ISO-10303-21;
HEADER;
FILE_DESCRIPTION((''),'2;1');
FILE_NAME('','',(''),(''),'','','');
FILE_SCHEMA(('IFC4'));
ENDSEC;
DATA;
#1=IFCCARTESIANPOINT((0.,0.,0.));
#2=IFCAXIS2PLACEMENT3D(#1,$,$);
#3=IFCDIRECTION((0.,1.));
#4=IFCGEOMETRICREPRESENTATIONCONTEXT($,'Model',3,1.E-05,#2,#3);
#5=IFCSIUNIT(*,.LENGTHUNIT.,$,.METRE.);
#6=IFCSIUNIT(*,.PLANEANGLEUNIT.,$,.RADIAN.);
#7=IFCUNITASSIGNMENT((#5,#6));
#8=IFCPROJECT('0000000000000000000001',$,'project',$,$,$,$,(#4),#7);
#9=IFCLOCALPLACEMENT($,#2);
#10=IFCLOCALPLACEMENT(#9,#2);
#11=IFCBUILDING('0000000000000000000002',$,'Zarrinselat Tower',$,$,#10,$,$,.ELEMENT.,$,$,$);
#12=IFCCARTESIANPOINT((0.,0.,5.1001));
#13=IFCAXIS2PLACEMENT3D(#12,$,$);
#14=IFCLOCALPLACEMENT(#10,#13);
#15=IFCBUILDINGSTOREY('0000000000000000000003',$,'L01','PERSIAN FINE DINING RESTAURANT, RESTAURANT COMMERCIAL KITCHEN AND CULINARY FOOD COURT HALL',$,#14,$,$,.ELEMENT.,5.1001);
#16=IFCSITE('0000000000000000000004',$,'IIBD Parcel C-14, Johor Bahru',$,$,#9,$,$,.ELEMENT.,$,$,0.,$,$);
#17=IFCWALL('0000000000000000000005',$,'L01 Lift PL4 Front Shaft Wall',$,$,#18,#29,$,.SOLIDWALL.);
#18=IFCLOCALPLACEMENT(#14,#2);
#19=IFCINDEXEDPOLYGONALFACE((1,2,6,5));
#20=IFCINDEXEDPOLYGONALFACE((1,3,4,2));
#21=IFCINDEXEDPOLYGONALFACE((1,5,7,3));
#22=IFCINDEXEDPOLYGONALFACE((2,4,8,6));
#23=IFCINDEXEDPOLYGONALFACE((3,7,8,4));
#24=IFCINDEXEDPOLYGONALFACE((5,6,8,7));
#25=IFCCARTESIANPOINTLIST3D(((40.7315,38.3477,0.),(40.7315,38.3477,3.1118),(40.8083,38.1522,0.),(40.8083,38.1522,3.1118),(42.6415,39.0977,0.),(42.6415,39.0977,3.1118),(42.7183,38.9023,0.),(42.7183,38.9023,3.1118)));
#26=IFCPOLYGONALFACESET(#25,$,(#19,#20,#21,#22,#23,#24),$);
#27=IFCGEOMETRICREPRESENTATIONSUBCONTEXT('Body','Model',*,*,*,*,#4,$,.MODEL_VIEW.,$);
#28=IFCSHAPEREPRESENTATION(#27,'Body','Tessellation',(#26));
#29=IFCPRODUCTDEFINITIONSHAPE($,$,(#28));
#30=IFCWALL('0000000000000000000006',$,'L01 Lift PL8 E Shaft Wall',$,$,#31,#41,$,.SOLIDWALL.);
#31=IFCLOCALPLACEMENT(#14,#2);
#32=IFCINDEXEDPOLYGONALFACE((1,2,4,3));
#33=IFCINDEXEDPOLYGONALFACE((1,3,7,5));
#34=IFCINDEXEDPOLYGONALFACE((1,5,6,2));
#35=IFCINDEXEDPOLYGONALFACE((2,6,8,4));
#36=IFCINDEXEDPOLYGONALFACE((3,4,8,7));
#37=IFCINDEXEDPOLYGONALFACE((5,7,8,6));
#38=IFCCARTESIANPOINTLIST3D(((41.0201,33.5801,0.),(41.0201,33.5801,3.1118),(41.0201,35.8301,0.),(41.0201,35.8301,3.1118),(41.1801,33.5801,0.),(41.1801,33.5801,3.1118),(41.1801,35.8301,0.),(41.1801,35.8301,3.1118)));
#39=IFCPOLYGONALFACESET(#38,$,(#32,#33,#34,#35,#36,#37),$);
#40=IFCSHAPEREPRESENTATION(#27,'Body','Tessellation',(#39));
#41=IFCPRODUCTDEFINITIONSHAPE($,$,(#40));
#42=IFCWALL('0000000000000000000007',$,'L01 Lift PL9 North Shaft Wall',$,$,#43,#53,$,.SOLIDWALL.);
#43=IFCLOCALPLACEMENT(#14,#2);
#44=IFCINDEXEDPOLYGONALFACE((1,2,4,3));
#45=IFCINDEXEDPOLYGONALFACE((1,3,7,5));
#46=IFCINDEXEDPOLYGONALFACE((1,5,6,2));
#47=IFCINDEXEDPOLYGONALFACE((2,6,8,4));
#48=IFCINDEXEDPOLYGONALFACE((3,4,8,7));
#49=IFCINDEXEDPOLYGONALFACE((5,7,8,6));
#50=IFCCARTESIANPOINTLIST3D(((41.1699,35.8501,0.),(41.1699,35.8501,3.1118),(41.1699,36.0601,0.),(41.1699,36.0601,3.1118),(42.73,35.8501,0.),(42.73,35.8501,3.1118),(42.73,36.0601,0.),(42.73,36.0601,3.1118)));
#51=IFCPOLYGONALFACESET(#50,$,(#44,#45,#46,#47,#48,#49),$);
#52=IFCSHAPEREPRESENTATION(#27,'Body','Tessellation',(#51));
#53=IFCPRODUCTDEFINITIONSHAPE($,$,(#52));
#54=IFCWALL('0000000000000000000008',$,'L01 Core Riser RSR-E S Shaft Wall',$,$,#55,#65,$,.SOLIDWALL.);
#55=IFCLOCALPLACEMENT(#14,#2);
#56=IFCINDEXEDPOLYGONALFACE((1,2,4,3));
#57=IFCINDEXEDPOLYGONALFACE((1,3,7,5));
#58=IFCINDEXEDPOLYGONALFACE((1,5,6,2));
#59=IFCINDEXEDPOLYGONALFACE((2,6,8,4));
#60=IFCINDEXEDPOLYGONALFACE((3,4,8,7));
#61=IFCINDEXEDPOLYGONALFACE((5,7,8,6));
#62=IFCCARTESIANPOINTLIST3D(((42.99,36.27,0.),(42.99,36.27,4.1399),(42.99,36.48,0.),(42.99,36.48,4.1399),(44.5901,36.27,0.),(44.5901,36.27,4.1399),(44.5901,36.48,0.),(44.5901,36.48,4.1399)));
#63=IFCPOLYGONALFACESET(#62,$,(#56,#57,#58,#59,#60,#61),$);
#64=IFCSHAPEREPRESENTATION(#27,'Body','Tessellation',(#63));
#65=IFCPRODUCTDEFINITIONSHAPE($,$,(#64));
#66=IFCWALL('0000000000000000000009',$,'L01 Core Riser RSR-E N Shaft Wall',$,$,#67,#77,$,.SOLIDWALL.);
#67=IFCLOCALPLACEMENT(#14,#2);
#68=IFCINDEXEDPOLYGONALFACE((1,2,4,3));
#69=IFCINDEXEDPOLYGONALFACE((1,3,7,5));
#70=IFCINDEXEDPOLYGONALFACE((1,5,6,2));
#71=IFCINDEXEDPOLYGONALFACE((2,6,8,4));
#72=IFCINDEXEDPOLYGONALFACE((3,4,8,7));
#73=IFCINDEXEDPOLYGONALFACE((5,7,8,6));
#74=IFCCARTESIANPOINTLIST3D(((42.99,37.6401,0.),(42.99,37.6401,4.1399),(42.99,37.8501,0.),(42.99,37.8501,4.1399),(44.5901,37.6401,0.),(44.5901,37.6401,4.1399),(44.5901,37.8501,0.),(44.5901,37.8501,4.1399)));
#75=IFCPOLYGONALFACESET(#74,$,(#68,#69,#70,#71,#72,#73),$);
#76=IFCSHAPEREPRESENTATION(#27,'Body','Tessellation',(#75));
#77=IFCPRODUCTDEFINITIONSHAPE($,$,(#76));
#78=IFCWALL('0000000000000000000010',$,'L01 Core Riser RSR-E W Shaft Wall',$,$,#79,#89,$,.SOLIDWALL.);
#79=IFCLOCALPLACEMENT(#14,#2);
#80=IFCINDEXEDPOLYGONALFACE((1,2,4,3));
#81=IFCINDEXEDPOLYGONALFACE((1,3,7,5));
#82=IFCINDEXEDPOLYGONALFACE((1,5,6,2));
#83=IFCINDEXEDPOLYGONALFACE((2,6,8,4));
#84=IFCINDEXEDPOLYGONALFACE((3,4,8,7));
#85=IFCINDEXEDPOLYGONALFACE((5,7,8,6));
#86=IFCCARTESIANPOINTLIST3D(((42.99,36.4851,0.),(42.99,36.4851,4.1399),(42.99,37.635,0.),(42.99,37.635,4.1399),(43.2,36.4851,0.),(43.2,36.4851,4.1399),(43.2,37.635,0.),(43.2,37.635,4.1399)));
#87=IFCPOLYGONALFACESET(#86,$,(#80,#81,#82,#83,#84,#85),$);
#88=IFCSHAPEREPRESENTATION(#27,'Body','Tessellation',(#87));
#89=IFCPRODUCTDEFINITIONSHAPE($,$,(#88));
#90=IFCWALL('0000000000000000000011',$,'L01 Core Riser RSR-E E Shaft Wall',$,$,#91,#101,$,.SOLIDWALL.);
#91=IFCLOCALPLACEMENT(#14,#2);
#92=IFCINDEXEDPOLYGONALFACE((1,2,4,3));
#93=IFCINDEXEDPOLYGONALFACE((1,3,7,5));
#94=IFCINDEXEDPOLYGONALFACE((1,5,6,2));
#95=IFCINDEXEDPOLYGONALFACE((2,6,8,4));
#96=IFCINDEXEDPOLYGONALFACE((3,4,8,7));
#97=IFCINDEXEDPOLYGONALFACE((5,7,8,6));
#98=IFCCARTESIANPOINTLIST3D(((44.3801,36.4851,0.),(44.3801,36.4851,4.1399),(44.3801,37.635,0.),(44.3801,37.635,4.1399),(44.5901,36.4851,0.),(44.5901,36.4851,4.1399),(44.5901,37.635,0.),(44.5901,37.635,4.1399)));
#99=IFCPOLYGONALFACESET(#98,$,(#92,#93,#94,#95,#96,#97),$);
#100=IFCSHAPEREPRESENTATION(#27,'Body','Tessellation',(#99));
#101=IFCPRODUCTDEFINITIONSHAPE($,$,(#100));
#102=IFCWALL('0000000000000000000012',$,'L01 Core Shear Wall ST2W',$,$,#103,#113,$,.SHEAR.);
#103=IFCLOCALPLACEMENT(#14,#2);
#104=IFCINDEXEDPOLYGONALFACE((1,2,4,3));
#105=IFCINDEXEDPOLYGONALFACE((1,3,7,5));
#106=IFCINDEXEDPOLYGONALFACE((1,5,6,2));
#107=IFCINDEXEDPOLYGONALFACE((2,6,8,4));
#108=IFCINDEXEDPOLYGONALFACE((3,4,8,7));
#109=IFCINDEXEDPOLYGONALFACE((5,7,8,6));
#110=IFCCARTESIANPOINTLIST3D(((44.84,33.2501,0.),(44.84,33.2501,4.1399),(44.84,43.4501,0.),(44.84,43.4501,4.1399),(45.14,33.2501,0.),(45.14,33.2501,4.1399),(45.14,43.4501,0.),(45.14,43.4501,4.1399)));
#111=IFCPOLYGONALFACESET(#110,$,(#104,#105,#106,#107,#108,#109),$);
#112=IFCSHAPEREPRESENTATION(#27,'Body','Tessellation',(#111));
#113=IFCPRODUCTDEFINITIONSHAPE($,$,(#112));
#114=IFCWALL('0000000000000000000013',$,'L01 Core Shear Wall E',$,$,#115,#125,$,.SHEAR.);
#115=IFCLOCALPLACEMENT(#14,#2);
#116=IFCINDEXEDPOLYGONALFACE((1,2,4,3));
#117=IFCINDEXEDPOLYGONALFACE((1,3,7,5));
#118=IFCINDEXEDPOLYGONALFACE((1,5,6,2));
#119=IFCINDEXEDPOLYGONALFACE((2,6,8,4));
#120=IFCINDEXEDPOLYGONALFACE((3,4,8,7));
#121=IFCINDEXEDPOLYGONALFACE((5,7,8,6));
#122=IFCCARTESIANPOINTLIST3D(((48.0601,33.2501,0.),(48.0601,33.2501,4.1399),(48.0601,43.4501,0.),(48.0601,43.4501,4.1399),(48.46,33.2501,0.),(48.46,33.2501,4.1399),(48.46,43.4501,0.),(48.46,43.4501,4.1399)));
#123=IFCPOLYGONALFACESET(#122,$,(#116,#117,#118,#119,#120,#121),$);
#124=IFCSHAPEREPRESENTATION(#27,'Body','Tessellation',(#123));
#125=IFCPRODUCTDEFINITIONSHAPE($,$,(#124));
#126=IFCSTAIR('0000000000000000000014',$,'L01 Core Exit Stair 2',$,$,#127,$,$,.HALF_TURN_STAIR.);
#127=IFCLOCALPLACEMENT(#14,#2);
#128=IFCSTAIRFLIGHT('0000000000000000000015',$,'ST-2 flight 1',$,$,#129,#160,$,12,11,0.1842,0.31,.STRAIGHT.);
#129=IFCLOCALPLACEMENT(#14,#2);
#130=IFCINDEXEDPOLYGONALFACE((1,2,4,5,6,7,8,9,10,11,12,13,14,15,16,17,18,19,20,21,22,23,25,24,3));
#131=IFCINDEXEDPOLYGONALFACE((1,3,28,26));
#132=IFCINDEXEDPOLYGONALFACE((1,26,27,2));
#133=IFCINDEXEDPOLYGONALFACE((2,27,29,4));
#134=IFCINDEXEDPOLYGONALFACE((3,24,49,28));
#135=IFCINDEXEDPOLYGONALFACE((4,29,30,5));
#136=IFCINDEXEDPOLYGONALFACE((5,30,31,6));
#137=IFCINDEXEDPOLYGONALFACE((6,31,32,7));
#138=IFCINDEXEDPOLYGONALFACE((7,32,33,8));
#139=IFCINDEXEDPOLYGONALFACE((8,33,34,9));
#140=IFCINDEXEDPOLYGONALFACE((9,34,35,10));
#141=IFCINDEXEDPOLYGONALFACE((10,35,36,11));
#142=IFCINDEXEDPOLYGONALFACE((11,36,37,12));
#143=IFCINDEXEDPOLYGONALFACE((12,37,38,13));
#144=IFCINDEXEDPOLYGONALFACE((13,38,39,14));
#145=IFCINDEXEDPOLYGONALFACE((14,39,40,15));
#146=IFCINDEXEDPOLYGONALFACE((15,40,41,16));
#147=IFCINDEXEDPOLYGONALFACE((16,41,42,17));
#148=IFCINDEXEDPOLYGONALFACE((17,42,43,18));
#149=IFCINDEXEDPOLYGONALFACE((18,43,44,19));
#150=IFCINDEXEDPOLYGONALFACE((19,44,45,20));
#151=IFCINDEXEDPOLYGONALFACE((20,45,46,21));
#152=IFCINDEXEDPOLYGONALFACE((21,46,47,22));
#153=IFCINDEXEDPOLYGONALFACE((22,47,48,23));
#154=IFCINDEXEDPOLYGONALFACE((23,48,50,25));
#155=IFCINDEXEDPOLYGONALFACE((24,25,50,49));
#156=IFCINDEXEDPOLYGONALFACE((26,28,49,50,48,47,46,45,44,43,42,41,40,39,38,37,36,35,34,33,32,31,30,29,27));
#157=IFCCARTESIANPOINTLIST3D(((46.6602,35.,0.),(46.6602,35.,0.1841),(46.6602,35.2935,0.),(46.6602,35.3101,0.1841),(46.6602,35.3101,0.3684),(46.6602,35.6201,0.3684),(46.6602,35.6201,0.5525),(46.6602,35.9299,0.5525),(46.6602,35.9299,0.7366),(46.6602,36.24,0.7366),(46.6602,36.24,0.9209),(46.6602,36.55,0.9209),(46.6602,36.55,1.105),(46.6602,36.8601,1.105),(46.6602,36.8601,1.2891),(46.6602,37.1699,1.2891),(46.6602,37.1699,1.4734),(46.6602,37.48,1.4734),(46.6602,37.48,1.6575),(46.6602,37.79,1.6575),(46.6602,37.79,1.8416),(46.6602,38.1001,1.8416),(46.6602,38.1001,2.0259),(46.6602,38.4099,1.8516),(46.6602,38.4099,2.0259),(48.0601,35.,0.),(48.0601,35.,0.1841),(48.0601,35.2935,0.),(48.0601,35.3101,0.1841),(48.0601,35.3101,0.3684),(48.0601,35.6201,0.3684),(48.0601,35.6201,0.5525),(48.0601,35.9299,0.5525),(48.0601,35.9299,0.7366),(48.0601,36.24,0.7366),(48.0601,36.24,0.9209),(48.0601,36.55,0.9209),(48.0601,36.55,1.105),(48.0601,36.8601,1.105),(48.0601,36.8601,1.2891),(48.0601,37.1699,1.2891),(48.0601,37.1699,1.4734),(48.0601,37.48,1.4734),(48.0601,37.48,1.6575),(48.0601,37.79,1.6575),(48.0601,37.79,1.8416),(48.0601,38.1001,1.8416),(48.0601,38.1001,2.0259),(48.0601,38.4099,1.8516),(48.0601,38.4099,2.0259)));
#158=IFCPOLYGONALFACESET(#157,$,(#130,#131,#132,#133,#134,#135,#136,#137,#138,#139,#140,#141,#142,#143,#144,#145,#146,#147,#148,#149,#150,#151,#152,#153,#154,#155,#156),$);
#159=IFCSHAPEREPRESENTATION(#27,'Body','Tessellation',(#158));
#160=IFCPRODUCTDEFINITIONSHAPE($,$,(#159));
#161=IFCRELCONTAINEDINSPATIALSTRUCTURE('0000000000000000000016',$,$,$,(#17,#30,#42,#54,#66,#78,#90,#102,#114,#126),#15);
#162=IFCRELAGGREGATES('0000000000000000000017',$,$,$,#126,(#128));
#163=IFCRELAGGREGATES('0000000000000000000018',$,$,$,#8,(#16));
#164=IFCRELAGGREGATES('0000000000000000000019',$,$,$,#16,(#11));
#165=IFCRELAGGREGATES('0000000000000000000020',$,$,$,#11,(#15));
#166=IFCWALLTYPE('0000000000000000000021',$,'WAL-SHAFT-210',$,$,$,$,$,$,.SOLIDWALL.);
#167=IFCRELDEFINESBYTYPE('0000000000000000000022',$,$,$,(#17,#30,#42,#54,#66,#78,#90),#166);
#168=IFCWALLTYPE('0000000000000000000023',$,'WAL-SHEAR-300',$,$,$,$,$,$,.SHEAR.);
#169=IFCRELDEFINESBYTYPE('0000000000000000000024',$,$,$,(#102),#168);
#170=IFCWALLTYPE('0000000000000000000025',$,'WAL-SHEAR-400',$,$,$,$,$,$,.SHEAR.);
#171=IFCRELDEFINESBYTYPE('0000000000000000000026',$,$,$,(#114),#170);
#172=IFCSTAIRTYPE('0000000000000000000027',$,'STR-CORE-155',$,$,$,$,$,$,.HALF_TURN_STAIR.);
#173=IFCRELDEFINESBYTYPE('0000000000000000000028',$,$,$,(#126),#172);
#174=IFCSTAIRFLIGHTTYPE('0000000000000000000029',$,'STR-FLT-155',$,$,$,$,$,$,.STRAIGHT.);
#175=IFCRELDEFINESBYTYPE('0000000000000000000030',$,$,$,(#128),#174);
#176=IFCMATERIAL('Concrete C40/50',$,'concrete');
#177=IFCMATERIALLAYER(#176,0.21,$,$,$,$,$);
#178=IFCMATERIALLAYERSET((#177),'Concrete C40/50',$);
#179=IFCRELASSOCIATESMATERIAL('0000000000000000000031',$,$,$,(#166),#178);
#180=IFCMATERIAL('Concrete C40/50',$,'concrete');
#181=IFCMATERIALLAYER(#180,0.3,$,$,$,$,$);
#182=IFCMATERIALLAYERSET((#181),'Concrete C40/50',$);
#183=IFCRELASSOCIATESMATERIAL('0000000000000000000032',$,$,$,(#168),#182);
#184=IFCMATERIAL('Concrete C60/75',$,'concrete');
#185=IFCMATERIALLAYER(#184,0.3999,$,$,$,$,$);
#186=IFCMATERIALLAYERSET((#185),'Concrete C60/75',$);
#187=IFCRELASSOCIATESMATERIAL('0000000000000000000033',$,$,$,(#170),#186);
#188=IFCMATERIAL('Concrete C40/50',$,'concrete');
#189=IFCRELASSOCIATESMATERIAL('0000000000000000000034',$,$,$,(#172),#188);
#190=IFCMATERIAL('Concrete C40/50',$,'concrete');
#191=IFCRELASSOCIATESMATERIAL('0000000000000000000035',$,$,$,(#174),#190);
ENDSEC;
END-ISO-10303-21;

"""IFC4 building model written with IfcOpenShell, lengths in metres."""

from ifc_helpers import new_model, si_unit, direction, frame, frame_2d, origin, place, context, subcontext, project, spatial, polyline, rectangle, outline, extrude, material, layer, layer_set, type_object, element, aggregate, save


model = new_model("IFC4")

# Units and contexts
model_context = context("Model", 3, precision=1e-05, world=origin(), true_north=direction((0.0, 1.0)))
body_context = subcontext(model_context, "Body", "Model", "MODEL_VIEW")
ifc_project = project(units=[si_unit("LENGTHUNIT", "METRE"), si_unit("PLANEANGLEUNIT", "RADIAN")], contexts=[model_context])

# Site, building, storey
site_placement = place(None, origin())
site = spatial("IfcSite", under=ifc_project, at=site_placement, Name="IIBD Parcel C-14, Johor Bahru", CompositionType="ELEMENT", RefElevation=0.0)
building_placement = place(site_placement, origin())
building = spatial("IfcBuilding", under=site, at=building_placement, Name="Zarrinselat Tower", CompositionType="ELEMENT")
storey_placement = place(building_placement, frame((0.0, 0.0, 5.1001)))
storey = spatial("IfcBuildingStorey", under=building, at=storey_placement, Name="L01", Description="PERSIAN FINE DINING RESTAURANT, RESTAURANT COMMERCIAL KITCHEN AND CULINARY FOOD COURT HALL", CompositionType="ELEMENT", Elevation=5.1001)

# Walls
ifc_material_1 = material(Name="Concrete C40/50", Category="concrete")
ifc_layer_1 = layer(ifc_material_1, 0.21)
ifc_layer_set_1 = layer_set([ifc_layer_1], Name="Concrete C40/50")
wall_type_1 = type_object("IfcWallType", Name="WAL-SHAFT-210", PredefinedType="SOLIDWALL", material=ifc_layer_set_1)
wall_1_placement = place(storey_placement, frame((40.77, 38.25, 0.0), z_axis=(0.0, 0.0, 1.0), x_axis=(0.930805, 0.365516, 0.0)))
element("IfcWall", 1, at=wall_1_placement, inside=storey, type_object=wall_type_1, Name="L01 Lift PL4 Front Shaft Wall", PredefinedType="SOLIDWALL", context=body_context, shape_type="SweptSolid", body=[
    extrude(rectangle(XDim=2.052, YDim=0.21, at=frame_2d((1.0259, 0.0))), origin(), (0.0, 0.0, 1.0), 3.1118),
])
wall_2_placement = place(storey_placement, frame((41.1001, 33.5801, 0.0), z_axis=(0.0, 0.0, 1.0), x_axis=(0.0, 1.0, 0.0)))
element("IfcWall", 2, at=wall_2_placement, inside=storey, type_object=wall_type_1, Name="L01 Lift PL8 E Shaft Wall", PredefinedType="SOLIDWALL", context=body_context, shape_type="SweptSolid", body=[
    extrude(rectangle(XDim=2.25, YDim=0.1599, at=frame_2d((1.125, 0.0))), origin(), (0.0, 0.0, 1.0), 3.1118),
])
wall_3_placement = place(storey_placement, frame((41.1699, 35.9551, 0.0), z_axis=(0.0, 0.0, 1.0), x_axis=(1.0, 0.0, 0.0)))
element("IfcWall", 3, at=wall_3_placement, inside=storey, type_object=wall_type_1, Name="L01 Lift PL9 North Shaft Wall", PredefinedType="SOLIDWALL", context=body_context, shape_type="SweptSolid", body=[
    extrude(rectangle(XDim=1.5601, YDim=0.21, at=frame_2d((0.78, 0.0))), origin(), (0.0, 0.0, 1.0), 3.1118),
])
for number, where, z_axis, x_axis, name in (
    (4, (42.99, 36.375, 0.0), (0.0, 0.0, 1.0), (1.0, 0.0, 0.0), "L01 Core Riser RSR-E S Shaft Wall"),
    (5, (42.99, 37.7451, 0.0), (0.0, 0.0, 1.0), (1.0, 0.0, 0.0), "L01 Core Riser RSR-E N Shaft Wall"),
):
    element("IfcWall", number, at=place(storey_placement, frame(where, z_axis=z_axis, x_axis=x_axis)), inside=storey, type_object=wall_type_1, Name=name, PredefinedType="SOLIDWALL", context=body_context, shape_type="SweptSolid", body=[
        extrude(rectangle(XDim=1.6001, YDim=0.21, at=frame_2d((0.8, 0.0))), origin(), (0.0, 0.0, 1.0), 4.1399),
    ])
for number, where, z_axis, x_axis, name in (
    (6, (43.095, 36.4851, 0.0), (0.0, 0.0, 1.0), (0.0, 1.0, 0.0), "L01 Core Riser RSR-E W Shaft Wall"),
    (7, (44.4851, 36.4851, 0.0), (0.0, 0.0, 1.0), (0.0, 1.0, 0.0), "L01 Core Riser RSR-E E Shaft Wall"),
):
    element("IfcWall", number, at=place(storey_placement, frame(where, z_axis=z_axis, x_axis=x_axis)), inside=storey, type_object=wall_type_1, Name=name, PredefinedType="SOLIDWALL", context=body_context, shape_type="SweptSolid", body=[
        extrude(rectangle(XDim=1.1499, YDim=0.21, at=frame_2d((0.575, 0.0))), origin(), (0.0, 0.0, 1.0), 4.1399),
    ])
ifc_material_2 = material(Name="Concrete C40/50", Category="concrete")
ifc_layer_2 = layer(ifc_material_2, 0.3)
ifc_layer_set_2 = layer_set([ifc_layer_2], Name="Concrete C40/50")
wall_type_2 = type_object("IfcWallType", Name="WAL-SHEAR-300", PredefinedType="SHEAR", material=ifc_layer_set_2)
wall_4_placement = place(storey_placement, frame((44.99, 33.25, 0.0), z_axis=(0.0, 0.0, 1.0), x_axis=(0.0, 1.0, 0.0)))
element("IfcWall", 8, at=wall_4_placement, inside=storey, type_object=wall_type_2, Name="L01 Core Shear Wall ST2W", PredefinedType="SHEAR", context=body_context, shape_type="SweptSolid", body=[
    extrude(rectangle(XDim=10.2, YDim=0.3, at=frame_2d((5.1001, 0.0))), origin(), (0.0, 0.0, 1.0), 4.1399),
])
ifc_material_3 = material(Name="Concrete C60/75", Category="concrete")
ifc_layer_3 = layer(ifc_material_3, 0.3999)
ifc_layer_set_3 = layer_set([ifc_layer_3], Name="Concrete C60/75")
wall_type_3 = type_object("IfcWallType", Name="WAL-SHEAR-400", PredefinedType="SHEAR", material=ifc_layer_set_3)
wall_5_placement = place(storey_placement, frame((48.26, 33.25, 0.0), z_axis=(0.0, 0.0, 1.0), x_axis=(0.0, 1.0, 0.0)))
element("IfcWall", 9, at=wall_5_placement, inside=storey, type_object=wall_type_3, Name="L01 Core Shear Wall E", PredefinedType="SHEAR", context=body_context, shape_type="SweptSolid", body=[
    extrude(rectangle(XDim=10.2, YDim=0.3999, at=frame_2d((5.1001, 0.0))), origin(), (0.0, 0.0, 1.0), 4.1399),
])

# Stair, stair flight
ifc_material_4 = material(Name="Concrete C40/50", Category="concrete")
stair_type = type_object("IfcStairType", Name="STR-CORE-155", PredefinedType="HALF_TURN_STAIR", material=ifc_material_4)
stair_placement = place(storey_placement, origin())
stair = element("IfcStair", 10, at=stair_placement, inside=storey, type_object=stair_type, Name="L01 Core Exit Stair 2", PredefinedType="HALF_TURN_STAIR")
ifc_material_5 = material(Name="Concrete C40/50", Category="concrete")
stair_flight_type = type_object("IfcStairFlightType", Name="STR-FLT-155", PredefinedType="STRAIGHT", material=ifc_material_5)
stair_flight_placement = place(storey_placement, frame((47.3601, 35.0, 0.0), z_axis=(0.0, 0.0, 1.0), x_axis=(0.0, 1.0, 0.0)))
stair_flight = element("IfcStairFlight", 11, at=stair_flight_placement, type_object=stair_flight_type, Name="ST-2 flight 1", NumberOfRisers=12, NumberOfTreads=11, PredefinedType="STRAIGHT", RiserHeight=0.1842, TreadLength=0.31, context=body_context, shape_type="SweptSolid", body=[
    extrude(outline(polyline([(0.0, 0.0), (0.0, 0.1841), (0.3101, 0.1841), (0.3101, 0.3684), (0.6201, 0.3684), (0.6201, 0.5525), (0.9299, 0.5525), (0.9299, 0.7366), (1.24, 0.7366), (1.24, 0.9209), (1.55, 0.9209), (1.55, 1.105), (1.8601, 1.105), (1.8601, 1.2891), (2.1699, 1.2891), (2.1699, 1.4734), (2.48, 1.4734), (2.48, 1.6575), (2.79, 1.6575), (2.79, 1.8416), (3.1001, 1.8416), (3.1001, 2.0259), (3.4099, 2.0259), (3.4099, 2.21), (3.4099, 1.8516), (0.2935, 0.0), (0.0, 0.0)])), frame((0.0, 0.7, 0.0), z_axis=(0.0, -1.0, 0.0), x_axis=(1.0, 0.0, 0.0)), (0.0, 0.0, 1.0), 1.3999),
])
aggregate(stair, [stair_flight])

save(model, "model.ifc")
